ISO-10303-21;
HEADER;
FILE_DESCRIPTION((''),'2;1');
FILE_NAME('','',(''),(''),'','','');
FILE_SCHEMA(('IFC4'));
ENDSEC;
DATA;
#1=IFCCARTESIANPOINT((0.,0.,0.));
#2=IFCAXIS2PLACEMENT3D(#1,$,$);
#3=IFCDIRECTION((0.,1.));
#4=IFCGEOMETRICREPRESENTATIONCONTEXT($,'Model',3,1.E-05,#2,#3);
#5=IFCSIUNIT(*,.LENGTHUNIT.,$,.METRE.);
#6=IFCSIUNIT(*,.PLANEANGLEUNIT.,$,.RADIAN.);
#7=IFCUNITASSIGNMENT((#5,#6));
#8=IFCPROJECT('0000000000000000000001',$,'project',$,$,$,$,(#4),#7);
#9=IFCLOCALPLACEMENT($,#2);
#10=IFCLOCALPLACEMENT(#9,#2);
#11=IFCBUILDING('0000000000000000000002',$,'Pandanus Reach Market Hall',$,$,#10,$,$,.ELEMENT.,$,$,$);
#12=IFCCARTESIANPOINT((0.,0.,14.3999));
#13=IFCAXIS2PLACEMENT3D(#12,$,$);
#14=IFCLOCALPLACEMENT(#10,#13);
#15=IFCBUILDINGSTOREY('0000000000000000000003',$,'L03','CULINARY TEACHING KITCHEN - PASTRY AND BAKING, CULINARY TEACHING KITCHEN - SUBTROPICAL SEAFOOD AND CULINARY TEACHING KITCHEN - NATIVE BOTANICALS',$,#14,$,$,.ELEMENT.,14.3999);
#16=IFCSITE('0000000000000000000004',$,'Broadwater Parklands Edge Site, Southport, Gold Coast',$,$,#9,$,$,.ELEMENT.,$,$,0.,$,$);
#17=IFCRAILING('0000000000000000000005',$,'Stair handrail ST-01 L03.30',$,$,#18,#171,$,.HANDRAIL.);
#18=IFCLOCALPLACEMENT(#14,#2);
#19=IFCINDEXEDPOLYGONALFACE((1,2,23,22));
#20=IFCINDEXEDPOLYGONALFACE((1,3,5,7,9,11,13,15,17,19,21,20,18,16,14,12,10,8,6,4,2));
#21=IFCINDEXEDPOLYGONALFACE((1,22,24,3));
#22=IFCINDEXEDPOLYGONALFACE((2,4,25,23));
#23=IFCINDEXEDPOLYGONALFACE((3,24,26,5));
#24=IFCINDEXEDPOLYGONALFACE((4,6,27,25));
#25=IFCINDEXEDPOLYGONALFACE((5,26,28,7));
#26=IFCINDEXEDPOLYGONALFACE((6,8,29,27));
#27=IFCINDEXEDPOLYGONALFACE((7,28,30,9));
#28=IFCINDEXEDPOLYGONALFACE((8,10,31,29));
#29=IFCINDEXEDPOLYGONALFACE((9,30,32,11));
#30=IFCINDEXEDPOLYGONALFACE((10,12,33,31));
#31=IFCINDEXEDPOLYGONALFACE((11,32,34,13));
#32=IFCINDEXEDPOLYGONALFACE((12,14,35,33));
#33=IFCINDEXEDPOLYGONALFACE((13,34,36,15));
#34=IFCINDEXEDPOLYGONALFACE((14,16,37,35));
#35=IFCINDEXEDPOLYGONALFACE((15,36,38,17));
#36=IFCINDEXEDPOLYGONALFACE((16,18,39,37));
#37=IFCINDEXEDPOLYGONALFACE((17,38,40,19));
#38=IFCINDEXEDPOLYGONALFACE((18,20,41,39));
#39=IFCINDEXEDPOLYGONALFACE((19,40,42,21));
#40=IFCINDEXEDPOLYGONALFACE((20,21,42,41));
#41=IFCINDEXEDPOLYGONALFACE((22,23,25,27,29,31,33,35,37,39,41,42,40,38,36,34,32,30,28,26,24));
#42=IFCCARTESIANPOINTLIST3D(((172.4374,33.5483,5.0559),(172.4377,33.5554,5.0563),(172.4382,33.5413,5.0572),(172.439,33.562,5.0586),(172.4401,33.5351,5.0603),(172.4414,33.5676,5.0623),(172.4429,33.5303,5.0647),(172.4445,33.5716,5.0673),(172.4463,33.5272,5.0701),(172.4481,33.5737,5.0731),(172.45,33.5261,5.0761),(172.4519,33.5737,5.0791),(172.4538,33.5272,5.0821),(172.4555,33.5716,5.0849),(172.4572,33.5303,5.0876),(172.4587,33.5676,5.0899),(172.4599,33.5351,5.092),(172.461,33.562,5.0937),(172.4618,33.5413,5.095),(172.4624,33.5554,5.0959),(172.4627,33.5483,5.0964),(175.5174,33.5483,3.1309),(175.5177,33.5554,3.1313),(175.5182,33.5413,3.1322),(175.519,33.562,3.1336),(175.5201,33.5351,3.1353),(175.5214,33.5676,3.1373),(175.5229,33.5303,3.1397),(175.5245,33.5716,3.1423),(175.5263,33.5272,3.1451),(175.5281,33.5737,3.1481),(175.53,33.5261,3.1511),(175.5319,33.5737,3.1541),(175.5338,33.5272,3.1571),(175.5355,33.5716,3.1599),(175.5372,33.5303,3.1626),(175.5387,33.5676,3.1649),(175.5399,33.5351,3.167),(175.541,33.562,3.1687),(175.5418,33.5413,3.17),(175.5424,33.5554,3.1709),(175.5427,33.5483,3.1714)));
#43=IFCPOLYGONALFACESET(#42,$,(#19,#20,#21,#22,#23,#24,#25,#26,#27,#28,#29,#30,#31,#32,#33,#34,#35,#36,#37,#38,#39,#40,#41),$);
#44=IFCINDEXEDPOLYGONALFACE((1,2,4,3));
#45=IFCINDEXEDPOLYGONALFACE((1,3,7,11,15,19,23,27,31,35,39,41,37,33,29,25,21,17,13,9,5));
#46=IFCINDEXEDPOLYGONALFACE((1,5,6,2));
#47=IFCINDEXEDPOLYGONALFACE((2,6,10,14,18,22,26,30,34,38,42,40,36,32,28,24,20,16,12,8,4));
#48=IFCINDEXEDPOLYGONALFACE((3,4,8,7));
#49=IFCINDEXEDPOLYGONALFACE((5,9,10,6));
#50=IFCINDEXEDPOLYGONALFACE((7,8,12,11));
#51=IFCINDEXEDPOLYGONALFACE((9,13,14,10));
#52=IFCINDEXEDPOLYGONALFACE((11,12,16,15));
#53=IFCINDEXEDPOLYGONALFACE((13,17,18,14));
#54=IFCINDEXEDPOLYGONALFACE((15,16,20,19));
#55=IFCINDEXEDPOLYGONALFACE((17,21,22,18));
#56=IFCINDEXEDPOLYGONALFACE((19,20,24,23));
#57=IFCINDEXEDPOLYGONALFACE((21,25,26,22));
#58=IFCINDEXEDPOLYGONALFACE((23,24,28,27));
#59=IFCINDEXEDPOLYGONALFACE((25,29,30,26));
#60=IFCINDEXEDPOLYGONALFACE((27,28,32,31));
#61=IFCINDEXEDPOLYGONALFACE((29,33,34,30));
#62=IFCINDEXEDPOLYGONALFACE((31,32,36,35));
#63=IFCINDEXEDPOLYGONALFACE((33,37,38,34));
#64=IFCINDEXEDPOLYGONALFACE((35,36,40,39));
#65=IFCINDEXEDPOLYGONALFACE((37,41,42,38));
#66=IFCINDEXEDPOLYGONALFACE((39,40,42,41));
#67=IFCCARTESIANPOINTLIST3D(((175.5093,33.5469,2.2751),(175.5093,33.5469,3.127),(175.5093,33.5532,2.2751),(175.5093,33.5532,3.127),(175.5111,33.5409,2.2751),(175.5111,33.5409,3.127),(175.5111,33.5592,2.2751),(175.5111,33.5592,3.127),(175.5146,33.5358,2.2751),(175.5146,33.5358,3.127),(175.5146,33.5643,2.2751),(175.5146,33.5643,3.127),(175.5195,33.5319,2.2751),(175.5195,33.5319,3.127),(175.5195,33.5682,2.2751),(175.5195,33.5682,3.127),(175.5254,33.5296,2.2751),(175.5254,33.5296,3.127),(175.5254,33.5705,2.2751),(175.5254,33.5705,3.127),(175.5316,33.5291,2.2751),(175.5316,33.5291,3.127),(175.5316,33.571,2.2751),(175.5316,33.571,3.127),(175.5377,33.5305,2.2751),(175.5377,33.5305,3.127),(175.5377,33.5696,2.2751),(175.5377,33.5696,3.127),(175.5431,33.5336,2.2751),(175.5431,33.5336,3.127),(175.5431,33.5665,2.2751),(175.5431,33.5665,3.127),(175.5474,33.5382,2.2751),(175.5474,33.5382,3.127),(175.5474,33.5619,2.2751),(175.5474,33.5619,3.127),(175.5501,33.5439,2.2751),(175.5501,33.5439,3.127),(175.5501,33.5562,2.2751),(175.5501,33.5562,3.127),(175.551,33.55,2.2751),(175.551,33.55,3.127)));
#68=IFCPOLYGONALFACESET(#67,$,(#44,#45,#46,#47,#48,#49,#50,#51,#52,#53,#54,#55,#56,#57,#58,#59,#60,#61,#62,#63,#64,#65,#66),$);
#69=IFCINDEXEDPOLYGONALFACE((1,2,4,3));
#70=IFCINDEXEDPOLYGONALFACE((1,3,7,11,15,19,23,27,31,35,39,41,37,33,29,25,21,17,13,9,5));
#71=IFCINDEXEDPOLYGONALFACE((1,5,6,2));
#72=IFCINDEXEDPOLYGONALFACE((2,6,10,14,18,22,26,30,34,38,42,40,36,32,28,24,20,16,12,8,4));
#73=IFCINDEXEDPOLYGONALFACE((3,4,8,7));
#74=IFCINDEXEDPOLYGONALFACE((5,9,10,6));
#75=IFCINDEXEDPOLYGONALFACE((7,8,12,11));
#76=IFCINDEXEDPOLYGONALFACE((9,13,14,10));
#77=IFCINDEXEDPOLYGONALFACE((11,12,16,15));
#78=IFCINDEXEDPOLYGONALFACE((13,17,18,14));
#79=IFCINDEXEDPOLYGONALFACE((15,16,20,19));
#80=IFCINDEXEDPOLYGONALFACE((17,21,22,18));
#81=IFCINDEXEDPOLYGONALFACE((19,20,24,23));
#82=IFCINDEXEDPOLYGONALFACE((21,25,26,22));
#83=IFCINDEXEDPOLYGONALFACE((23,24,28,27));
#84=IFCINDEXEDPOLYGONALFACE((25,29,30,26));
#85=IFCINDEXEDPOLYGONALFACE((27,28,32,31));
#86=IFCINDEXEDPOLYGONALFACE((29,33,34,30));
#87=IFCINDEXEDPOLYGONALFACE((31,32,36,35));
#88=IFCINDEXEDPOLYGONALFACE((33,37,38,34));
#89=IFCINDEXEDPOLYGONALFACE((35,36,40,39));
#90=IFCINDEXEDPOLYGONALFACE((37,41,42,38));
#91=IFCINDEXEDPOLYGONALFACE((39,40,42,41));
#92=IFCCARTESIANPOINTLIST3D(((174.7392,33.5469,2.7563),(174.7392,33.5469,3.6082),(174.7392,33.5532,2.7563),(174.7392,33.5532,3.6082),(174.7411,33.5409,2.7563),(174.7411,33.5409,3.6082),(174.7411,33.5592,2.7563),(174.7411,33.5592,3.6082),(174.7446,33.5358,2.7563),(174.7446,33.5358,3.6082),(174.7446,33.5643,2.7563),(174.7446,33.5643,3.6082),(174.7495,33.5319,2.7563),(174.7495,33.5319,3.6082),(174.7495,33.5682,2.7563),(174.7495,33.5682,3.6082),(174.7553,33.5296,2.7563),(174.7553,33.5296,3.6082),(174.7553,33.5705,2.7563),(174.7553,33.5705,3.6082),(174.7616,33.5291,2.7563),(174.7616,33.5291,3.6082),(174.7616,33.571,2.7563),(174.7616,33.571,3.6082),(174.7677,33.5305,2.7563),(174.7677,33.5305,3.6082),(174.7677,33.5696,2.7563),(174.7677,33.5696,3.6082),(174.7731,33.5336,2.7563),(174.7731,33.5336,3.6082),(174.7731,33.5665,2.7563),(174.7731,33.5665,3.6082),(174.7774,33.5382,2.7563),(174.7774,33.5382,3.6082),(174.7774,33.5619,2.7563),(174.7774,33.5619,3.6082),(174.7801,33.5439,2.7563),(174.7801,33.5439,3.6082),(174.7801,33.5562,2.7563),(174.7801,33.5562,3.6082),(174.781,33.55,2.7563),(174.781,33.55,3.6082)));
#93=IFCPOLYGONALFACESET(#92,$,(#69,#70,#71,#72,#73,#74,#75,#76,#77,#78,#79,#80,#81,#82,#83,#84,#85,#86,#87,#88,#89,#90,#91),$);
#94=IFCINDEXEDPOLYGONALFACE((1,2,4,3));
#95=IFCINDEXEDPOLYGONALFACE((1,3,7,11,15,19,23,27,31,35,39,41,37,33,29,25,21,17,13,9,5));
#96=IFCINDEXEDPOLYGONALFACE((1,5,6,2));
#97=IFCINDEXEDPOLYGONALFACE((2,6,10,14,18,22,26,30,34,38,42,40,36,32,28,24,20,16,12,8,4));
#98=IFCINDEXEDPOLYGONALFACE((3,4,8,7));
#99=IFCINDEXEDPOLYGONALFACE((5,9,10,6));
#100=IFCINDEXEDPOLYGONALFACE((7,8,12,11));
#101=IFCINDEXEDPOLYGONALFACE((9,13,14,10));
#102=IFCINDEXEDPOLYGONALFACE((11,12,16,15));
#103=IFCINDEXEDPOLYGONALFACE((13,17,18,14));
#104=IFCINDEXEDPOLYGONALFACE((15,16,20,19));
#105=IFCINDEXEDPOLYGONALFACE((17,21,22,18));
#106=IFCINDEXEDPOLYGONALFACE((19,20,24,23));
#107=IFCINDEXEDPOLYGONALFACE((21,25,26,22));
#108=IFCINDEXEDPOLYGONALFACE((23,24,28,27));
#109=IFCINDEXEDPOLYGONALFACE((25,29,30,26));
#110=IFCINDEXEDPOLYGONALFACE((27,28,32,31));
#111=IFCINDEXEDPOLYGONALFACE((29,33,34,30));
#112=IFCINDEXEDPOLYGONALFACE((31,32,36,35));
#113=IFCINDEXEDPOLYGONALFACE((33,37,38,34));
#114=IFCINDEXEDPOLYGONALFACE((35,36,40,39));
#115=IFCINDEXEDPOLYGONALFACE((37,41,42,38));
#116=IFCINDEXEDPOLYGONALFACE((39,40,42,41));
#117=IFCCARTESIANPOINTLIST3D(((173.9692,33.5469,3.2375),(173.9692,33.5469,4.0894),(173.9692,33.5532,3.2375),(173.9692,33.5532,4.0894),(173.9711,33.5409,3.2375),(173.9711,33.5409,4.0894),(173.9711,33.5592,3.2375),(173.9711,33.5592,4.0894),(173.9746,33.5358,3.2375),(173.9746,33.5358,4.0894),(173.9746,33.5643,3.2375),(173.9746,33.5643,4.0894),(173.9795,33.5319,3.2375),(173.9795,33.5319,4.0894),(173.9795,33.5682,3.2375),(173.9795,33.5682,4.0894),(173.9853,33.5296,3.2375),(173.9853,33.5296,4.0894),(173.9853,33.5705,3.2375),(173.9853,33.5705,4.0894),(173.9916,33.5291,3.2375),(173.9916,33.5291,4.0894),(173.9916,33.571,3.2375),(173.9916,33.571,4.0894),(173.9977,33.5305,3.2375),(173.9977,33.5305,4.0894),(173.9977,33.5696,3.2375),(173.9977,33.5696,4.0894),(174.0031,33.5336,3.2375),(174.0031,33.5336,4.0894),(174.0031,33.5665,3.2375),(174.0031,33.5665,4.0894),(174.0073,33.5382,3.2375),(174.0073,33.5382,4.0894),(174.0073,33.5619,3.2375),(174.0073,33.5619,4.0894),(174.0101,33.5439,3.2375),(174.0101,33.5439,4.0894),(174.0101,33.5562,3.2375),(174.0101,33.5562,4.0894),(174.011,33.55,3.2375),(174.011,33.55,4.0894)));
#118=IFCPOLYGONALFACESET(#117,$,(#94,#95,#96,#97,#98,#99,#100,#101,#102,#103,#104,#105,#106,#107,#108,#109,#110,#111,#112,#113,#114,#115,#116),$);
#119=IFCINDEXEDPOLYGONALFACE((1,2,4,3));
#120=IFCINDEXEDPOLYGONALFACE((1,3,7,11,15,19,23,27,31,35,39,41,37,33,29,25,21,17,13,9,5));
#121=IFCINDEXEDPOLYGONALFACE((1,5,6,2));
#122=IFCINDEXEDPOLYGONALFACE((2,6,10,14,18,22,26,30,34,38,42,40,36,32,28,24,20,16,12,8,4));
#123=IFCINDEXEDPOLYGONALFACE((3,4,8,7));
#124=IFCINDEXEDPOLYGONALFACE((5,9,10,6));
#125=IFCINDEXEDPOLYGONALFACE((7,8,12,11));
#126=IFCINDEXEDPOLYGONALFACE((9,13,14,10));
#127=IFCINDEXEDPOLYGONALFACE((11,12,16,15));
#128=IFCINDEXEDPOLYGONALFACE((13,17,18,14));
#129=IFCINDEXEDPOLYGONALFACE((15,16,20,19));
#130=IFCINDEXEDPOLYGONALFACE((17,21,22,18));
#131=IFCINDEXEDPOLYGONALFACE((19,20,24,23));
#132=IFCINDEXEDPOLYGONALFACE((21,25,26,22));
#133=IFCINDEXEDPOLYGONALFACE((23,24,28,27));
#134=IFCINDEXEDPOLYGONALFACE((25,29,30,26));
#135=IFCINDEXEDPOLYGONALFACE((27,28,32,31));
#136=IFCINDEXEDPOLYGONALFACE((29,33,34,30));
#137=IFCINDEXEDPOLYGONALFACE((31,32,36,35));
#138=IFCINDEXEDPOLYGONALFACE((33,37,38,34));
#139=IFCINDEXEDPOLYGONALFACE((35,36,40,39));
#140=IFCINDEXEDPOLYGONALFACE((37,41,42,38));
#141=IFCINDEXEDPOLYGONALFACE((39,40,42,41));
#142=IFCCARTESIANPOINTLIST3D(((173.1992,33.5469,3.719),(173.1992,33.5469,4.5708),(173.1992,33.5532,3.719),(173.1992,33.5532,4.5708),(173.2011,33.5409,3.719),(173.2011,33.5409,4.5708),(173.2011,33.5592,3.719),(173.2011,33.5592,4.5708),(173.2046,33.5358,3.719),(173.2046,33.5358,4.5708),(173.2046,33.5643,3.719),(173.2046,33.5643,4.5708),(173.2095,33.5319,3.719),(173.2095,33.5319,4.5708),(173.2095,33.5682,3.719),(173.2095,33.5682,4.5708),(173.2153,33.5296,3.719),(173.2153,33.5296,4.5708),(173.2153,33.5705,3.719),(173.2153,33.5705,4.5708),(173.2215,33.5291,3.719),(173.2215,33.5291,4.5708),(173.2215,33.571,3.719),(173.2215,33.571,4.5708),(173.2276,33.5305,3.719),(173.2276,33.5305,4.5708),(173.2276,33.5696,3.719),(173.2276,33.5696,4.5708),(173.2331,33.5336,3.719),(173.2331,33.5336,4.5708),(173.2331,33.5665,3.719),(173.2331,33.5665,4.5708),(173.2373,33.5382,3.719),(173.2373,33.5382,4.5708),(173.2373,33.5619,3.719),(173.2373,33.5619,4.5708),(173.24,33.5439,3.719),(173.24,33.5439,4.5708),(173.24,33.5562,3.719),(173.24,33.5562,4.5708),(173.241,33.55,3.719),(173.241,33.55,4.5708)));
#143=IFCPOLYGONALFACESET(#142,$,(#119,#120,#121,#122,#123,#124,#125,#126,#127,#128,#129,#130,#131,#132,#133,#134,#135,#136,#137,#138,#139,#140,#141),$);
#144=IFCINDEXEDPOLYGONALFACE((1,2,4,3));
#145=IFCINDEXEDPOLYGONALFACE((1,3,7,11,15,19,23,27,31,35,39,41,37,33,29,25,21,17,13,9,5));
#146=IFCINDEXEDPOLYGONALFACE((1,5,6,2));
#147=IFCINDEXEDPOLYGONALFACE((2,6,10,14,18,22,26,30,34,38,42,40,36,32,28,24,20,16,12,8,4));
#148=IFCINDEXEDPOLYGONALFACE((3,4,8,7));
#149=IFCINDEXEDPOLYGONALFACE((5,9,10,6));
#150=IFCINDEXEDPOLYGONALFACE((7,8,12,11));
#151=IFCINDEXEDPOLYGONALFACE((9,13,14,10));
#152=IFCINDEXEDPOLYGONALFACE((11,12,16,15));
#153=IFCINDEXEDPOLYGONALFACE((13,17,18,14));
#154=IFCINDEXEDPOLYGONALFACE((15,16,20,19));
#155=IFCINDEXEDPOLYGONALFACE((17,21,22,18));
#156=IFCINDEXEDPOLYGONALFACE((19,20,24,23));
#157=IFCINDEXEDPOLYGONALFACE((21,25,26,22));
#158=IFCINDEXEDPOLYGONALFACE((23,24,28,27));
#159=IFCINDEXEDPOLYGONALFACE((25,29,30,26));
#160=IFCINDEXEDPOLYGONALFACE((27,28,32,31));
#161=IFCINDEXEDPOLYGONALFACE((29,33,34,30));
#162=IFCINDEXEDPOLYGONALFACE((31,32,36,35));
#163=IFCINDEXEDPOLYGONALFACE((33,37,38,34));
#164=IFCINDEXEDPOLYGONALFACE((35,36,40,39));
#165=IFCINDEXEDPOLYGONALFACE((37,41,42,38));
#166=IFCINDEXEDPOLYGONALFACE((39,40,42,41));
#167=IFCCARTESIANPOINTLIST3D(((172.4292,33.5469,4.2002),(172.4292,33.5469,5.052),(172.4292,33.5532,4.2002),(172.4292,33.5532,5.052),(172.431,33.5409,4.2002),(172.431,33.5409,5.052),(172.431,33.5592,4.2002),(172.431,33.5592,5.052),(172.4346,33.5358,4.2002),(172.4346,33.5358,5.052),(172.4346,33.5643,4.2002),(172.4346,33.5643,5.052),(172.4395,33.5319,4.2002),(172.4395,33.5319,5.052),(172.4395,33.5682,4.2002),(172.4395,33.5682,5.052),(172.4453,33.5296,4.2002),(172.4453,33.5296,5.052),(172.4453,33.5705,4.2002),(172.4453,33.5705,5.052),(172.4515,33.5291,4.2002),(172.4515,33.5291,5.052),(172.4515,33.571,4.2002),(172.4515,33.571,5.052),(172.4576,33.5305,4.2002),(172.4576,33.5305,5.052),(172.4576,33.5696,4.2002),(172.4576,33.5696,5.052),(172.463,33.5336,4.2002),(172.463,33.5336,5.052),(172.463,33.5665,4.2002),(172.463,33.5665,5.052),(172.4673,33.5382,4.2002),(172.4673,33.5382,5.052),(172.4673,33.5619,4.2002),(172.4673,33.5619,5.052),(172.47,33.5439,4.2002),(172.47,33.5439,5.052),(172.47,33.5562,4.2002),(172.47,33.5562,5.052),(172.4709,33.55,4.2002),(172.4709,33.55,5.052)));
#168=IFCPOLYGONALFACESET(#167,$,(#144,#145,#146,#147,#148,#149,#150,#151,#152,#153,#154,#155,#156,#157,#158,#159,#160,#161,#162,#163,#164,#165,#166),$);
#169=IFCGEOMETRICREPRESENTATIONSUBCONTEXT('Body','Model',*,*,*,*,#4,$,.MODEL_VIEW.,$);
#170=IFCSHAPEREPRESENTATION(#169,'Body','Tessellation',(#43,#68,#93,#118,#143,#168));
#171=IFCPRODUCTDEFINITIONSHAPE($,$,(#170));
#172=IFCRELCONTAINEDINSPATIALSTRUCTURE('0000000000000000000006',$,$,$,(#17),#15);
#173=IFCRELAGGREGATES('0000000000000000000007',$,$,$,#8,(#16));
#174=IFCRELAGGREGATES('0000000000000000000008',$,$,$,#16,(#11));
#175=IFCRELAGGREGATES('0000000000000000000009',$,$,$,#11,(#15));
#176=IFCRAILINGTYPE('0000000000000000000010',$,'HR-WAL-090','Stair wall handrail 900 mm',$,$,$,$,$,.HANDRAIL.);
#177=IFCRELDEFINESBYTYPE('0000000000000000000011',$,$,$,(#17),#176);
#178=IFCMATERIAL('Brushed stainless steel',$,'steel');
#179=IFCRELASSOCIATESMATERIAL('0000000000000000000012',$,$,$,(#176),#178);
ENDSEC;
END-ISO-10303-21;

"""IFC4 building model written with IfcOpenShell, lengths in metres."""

from ifc_helpers import new_model, si_unit, direction, frame, origin, origin_2d, place, context, subcontext, project, spatial, circle, extrude, material, type_object, element, save


model = new_model("IFC4")

# Units and contexts
model_context = context("Model", 3, precision=1e-05, world=origin(), true_north=direction((0.0, 1.0)))
body_context = subcontext(model_context, "Body", "Model", "MODEL_VIEW")
ifc_project = project(units=[si_unit("LENGTHUNIT", "METRE"), si_unit("PLANEANGLEUNIT", "RADIAN")], contexts=[model_context])

# Site, building, storey
site_placement = place(None, origin())
site = spatial("IfcSite", under=ifc_project, at=site_placement, Name="Broadwater Parklands Edge Site, Southport, Gold Coast", CompositionType="ELEMENT", RefElevation=0.0)
building_placement = place(site_placement, origin())
building = spatial("IfcBuilding", under=site, at=building_placement, Name="Pandanus Reach Market Hall", CompositionType="ELEMENT")
storey_placement = place(building_placement, frame((0.0, 0.0, 14.3999)))
storey = spatial("IfcBuildingStorey", under=building, at=storey_placement, Name="L03", Description="CULINARY TEACHING KITCHEN - PASTRY AND BAKING, CULINARY TEACHING KITCHEN - SUBTROPICAL SEAFOOD AND CULINARY TEACHING KITCHEN - NATIVE BOTANICALS", CompositionType="ELEMENT", Elevation=14.3999)

# Railing
ifc_material_1 = material(Name="Brushed stainless steel", Category="steel")
railing_type_1 = type_object("IfcRailingType", Name="HR-WAL-090", Description="Stair wall handrail 900 mm", PredefinedType="HANDRAIL", material=ifc_material_1)
railing_1_placement = place(storey_placement, frame((175.53, 33.55, 2.2751)))
element("IfcRailing", 1, at=railing_1_placement, inside=storey, type_object=railing_type_1, Name="Stair handrail ST-01 L03.30", PredefinedType="HANDRAIL", context=body_context, shape_type="SweptSolid", body=[
    extrude(circle(Radius=0.0239, at=origin_2d()), frame((0.0, 0.0, 0.876), z_axis=(-0.847998, 0.0, 0.529999), x_axis=(0.0, -1.0, 0.0)), (0.0, 0.0, 1.0), 3.6321),
    extrude(circle(Radius=0.021, at=origin_2d()), origin(), (0.0, 0.0, 1.0), 0.8518),
    extrude(circle(Radius=0.021, at=origin_2d()), frame((-0.77, 0.0, 0.4812)), (0.0, 0.0, 1.0), 0.8518),
    extrude(circle(Radius=0.021, at=origin_2d()), frame((-1.54, 0.0, 0.9624)), (0.0, 0.0, 1.0), 0.8518),
    extrude(circle(Radius=0.021, at=origin_2d()), frame((-2.3101, 0.0, 1.4438)), (0.0, 0.0, 1.0), 0.8518),
    extrude(circle(Radius=0.021, at=origin_2d()), frame((-3.0801, 0.0, 1.925)), (0.0, 0.0, 1.0), 0.8518),
])

save(model, "model.ifc")
